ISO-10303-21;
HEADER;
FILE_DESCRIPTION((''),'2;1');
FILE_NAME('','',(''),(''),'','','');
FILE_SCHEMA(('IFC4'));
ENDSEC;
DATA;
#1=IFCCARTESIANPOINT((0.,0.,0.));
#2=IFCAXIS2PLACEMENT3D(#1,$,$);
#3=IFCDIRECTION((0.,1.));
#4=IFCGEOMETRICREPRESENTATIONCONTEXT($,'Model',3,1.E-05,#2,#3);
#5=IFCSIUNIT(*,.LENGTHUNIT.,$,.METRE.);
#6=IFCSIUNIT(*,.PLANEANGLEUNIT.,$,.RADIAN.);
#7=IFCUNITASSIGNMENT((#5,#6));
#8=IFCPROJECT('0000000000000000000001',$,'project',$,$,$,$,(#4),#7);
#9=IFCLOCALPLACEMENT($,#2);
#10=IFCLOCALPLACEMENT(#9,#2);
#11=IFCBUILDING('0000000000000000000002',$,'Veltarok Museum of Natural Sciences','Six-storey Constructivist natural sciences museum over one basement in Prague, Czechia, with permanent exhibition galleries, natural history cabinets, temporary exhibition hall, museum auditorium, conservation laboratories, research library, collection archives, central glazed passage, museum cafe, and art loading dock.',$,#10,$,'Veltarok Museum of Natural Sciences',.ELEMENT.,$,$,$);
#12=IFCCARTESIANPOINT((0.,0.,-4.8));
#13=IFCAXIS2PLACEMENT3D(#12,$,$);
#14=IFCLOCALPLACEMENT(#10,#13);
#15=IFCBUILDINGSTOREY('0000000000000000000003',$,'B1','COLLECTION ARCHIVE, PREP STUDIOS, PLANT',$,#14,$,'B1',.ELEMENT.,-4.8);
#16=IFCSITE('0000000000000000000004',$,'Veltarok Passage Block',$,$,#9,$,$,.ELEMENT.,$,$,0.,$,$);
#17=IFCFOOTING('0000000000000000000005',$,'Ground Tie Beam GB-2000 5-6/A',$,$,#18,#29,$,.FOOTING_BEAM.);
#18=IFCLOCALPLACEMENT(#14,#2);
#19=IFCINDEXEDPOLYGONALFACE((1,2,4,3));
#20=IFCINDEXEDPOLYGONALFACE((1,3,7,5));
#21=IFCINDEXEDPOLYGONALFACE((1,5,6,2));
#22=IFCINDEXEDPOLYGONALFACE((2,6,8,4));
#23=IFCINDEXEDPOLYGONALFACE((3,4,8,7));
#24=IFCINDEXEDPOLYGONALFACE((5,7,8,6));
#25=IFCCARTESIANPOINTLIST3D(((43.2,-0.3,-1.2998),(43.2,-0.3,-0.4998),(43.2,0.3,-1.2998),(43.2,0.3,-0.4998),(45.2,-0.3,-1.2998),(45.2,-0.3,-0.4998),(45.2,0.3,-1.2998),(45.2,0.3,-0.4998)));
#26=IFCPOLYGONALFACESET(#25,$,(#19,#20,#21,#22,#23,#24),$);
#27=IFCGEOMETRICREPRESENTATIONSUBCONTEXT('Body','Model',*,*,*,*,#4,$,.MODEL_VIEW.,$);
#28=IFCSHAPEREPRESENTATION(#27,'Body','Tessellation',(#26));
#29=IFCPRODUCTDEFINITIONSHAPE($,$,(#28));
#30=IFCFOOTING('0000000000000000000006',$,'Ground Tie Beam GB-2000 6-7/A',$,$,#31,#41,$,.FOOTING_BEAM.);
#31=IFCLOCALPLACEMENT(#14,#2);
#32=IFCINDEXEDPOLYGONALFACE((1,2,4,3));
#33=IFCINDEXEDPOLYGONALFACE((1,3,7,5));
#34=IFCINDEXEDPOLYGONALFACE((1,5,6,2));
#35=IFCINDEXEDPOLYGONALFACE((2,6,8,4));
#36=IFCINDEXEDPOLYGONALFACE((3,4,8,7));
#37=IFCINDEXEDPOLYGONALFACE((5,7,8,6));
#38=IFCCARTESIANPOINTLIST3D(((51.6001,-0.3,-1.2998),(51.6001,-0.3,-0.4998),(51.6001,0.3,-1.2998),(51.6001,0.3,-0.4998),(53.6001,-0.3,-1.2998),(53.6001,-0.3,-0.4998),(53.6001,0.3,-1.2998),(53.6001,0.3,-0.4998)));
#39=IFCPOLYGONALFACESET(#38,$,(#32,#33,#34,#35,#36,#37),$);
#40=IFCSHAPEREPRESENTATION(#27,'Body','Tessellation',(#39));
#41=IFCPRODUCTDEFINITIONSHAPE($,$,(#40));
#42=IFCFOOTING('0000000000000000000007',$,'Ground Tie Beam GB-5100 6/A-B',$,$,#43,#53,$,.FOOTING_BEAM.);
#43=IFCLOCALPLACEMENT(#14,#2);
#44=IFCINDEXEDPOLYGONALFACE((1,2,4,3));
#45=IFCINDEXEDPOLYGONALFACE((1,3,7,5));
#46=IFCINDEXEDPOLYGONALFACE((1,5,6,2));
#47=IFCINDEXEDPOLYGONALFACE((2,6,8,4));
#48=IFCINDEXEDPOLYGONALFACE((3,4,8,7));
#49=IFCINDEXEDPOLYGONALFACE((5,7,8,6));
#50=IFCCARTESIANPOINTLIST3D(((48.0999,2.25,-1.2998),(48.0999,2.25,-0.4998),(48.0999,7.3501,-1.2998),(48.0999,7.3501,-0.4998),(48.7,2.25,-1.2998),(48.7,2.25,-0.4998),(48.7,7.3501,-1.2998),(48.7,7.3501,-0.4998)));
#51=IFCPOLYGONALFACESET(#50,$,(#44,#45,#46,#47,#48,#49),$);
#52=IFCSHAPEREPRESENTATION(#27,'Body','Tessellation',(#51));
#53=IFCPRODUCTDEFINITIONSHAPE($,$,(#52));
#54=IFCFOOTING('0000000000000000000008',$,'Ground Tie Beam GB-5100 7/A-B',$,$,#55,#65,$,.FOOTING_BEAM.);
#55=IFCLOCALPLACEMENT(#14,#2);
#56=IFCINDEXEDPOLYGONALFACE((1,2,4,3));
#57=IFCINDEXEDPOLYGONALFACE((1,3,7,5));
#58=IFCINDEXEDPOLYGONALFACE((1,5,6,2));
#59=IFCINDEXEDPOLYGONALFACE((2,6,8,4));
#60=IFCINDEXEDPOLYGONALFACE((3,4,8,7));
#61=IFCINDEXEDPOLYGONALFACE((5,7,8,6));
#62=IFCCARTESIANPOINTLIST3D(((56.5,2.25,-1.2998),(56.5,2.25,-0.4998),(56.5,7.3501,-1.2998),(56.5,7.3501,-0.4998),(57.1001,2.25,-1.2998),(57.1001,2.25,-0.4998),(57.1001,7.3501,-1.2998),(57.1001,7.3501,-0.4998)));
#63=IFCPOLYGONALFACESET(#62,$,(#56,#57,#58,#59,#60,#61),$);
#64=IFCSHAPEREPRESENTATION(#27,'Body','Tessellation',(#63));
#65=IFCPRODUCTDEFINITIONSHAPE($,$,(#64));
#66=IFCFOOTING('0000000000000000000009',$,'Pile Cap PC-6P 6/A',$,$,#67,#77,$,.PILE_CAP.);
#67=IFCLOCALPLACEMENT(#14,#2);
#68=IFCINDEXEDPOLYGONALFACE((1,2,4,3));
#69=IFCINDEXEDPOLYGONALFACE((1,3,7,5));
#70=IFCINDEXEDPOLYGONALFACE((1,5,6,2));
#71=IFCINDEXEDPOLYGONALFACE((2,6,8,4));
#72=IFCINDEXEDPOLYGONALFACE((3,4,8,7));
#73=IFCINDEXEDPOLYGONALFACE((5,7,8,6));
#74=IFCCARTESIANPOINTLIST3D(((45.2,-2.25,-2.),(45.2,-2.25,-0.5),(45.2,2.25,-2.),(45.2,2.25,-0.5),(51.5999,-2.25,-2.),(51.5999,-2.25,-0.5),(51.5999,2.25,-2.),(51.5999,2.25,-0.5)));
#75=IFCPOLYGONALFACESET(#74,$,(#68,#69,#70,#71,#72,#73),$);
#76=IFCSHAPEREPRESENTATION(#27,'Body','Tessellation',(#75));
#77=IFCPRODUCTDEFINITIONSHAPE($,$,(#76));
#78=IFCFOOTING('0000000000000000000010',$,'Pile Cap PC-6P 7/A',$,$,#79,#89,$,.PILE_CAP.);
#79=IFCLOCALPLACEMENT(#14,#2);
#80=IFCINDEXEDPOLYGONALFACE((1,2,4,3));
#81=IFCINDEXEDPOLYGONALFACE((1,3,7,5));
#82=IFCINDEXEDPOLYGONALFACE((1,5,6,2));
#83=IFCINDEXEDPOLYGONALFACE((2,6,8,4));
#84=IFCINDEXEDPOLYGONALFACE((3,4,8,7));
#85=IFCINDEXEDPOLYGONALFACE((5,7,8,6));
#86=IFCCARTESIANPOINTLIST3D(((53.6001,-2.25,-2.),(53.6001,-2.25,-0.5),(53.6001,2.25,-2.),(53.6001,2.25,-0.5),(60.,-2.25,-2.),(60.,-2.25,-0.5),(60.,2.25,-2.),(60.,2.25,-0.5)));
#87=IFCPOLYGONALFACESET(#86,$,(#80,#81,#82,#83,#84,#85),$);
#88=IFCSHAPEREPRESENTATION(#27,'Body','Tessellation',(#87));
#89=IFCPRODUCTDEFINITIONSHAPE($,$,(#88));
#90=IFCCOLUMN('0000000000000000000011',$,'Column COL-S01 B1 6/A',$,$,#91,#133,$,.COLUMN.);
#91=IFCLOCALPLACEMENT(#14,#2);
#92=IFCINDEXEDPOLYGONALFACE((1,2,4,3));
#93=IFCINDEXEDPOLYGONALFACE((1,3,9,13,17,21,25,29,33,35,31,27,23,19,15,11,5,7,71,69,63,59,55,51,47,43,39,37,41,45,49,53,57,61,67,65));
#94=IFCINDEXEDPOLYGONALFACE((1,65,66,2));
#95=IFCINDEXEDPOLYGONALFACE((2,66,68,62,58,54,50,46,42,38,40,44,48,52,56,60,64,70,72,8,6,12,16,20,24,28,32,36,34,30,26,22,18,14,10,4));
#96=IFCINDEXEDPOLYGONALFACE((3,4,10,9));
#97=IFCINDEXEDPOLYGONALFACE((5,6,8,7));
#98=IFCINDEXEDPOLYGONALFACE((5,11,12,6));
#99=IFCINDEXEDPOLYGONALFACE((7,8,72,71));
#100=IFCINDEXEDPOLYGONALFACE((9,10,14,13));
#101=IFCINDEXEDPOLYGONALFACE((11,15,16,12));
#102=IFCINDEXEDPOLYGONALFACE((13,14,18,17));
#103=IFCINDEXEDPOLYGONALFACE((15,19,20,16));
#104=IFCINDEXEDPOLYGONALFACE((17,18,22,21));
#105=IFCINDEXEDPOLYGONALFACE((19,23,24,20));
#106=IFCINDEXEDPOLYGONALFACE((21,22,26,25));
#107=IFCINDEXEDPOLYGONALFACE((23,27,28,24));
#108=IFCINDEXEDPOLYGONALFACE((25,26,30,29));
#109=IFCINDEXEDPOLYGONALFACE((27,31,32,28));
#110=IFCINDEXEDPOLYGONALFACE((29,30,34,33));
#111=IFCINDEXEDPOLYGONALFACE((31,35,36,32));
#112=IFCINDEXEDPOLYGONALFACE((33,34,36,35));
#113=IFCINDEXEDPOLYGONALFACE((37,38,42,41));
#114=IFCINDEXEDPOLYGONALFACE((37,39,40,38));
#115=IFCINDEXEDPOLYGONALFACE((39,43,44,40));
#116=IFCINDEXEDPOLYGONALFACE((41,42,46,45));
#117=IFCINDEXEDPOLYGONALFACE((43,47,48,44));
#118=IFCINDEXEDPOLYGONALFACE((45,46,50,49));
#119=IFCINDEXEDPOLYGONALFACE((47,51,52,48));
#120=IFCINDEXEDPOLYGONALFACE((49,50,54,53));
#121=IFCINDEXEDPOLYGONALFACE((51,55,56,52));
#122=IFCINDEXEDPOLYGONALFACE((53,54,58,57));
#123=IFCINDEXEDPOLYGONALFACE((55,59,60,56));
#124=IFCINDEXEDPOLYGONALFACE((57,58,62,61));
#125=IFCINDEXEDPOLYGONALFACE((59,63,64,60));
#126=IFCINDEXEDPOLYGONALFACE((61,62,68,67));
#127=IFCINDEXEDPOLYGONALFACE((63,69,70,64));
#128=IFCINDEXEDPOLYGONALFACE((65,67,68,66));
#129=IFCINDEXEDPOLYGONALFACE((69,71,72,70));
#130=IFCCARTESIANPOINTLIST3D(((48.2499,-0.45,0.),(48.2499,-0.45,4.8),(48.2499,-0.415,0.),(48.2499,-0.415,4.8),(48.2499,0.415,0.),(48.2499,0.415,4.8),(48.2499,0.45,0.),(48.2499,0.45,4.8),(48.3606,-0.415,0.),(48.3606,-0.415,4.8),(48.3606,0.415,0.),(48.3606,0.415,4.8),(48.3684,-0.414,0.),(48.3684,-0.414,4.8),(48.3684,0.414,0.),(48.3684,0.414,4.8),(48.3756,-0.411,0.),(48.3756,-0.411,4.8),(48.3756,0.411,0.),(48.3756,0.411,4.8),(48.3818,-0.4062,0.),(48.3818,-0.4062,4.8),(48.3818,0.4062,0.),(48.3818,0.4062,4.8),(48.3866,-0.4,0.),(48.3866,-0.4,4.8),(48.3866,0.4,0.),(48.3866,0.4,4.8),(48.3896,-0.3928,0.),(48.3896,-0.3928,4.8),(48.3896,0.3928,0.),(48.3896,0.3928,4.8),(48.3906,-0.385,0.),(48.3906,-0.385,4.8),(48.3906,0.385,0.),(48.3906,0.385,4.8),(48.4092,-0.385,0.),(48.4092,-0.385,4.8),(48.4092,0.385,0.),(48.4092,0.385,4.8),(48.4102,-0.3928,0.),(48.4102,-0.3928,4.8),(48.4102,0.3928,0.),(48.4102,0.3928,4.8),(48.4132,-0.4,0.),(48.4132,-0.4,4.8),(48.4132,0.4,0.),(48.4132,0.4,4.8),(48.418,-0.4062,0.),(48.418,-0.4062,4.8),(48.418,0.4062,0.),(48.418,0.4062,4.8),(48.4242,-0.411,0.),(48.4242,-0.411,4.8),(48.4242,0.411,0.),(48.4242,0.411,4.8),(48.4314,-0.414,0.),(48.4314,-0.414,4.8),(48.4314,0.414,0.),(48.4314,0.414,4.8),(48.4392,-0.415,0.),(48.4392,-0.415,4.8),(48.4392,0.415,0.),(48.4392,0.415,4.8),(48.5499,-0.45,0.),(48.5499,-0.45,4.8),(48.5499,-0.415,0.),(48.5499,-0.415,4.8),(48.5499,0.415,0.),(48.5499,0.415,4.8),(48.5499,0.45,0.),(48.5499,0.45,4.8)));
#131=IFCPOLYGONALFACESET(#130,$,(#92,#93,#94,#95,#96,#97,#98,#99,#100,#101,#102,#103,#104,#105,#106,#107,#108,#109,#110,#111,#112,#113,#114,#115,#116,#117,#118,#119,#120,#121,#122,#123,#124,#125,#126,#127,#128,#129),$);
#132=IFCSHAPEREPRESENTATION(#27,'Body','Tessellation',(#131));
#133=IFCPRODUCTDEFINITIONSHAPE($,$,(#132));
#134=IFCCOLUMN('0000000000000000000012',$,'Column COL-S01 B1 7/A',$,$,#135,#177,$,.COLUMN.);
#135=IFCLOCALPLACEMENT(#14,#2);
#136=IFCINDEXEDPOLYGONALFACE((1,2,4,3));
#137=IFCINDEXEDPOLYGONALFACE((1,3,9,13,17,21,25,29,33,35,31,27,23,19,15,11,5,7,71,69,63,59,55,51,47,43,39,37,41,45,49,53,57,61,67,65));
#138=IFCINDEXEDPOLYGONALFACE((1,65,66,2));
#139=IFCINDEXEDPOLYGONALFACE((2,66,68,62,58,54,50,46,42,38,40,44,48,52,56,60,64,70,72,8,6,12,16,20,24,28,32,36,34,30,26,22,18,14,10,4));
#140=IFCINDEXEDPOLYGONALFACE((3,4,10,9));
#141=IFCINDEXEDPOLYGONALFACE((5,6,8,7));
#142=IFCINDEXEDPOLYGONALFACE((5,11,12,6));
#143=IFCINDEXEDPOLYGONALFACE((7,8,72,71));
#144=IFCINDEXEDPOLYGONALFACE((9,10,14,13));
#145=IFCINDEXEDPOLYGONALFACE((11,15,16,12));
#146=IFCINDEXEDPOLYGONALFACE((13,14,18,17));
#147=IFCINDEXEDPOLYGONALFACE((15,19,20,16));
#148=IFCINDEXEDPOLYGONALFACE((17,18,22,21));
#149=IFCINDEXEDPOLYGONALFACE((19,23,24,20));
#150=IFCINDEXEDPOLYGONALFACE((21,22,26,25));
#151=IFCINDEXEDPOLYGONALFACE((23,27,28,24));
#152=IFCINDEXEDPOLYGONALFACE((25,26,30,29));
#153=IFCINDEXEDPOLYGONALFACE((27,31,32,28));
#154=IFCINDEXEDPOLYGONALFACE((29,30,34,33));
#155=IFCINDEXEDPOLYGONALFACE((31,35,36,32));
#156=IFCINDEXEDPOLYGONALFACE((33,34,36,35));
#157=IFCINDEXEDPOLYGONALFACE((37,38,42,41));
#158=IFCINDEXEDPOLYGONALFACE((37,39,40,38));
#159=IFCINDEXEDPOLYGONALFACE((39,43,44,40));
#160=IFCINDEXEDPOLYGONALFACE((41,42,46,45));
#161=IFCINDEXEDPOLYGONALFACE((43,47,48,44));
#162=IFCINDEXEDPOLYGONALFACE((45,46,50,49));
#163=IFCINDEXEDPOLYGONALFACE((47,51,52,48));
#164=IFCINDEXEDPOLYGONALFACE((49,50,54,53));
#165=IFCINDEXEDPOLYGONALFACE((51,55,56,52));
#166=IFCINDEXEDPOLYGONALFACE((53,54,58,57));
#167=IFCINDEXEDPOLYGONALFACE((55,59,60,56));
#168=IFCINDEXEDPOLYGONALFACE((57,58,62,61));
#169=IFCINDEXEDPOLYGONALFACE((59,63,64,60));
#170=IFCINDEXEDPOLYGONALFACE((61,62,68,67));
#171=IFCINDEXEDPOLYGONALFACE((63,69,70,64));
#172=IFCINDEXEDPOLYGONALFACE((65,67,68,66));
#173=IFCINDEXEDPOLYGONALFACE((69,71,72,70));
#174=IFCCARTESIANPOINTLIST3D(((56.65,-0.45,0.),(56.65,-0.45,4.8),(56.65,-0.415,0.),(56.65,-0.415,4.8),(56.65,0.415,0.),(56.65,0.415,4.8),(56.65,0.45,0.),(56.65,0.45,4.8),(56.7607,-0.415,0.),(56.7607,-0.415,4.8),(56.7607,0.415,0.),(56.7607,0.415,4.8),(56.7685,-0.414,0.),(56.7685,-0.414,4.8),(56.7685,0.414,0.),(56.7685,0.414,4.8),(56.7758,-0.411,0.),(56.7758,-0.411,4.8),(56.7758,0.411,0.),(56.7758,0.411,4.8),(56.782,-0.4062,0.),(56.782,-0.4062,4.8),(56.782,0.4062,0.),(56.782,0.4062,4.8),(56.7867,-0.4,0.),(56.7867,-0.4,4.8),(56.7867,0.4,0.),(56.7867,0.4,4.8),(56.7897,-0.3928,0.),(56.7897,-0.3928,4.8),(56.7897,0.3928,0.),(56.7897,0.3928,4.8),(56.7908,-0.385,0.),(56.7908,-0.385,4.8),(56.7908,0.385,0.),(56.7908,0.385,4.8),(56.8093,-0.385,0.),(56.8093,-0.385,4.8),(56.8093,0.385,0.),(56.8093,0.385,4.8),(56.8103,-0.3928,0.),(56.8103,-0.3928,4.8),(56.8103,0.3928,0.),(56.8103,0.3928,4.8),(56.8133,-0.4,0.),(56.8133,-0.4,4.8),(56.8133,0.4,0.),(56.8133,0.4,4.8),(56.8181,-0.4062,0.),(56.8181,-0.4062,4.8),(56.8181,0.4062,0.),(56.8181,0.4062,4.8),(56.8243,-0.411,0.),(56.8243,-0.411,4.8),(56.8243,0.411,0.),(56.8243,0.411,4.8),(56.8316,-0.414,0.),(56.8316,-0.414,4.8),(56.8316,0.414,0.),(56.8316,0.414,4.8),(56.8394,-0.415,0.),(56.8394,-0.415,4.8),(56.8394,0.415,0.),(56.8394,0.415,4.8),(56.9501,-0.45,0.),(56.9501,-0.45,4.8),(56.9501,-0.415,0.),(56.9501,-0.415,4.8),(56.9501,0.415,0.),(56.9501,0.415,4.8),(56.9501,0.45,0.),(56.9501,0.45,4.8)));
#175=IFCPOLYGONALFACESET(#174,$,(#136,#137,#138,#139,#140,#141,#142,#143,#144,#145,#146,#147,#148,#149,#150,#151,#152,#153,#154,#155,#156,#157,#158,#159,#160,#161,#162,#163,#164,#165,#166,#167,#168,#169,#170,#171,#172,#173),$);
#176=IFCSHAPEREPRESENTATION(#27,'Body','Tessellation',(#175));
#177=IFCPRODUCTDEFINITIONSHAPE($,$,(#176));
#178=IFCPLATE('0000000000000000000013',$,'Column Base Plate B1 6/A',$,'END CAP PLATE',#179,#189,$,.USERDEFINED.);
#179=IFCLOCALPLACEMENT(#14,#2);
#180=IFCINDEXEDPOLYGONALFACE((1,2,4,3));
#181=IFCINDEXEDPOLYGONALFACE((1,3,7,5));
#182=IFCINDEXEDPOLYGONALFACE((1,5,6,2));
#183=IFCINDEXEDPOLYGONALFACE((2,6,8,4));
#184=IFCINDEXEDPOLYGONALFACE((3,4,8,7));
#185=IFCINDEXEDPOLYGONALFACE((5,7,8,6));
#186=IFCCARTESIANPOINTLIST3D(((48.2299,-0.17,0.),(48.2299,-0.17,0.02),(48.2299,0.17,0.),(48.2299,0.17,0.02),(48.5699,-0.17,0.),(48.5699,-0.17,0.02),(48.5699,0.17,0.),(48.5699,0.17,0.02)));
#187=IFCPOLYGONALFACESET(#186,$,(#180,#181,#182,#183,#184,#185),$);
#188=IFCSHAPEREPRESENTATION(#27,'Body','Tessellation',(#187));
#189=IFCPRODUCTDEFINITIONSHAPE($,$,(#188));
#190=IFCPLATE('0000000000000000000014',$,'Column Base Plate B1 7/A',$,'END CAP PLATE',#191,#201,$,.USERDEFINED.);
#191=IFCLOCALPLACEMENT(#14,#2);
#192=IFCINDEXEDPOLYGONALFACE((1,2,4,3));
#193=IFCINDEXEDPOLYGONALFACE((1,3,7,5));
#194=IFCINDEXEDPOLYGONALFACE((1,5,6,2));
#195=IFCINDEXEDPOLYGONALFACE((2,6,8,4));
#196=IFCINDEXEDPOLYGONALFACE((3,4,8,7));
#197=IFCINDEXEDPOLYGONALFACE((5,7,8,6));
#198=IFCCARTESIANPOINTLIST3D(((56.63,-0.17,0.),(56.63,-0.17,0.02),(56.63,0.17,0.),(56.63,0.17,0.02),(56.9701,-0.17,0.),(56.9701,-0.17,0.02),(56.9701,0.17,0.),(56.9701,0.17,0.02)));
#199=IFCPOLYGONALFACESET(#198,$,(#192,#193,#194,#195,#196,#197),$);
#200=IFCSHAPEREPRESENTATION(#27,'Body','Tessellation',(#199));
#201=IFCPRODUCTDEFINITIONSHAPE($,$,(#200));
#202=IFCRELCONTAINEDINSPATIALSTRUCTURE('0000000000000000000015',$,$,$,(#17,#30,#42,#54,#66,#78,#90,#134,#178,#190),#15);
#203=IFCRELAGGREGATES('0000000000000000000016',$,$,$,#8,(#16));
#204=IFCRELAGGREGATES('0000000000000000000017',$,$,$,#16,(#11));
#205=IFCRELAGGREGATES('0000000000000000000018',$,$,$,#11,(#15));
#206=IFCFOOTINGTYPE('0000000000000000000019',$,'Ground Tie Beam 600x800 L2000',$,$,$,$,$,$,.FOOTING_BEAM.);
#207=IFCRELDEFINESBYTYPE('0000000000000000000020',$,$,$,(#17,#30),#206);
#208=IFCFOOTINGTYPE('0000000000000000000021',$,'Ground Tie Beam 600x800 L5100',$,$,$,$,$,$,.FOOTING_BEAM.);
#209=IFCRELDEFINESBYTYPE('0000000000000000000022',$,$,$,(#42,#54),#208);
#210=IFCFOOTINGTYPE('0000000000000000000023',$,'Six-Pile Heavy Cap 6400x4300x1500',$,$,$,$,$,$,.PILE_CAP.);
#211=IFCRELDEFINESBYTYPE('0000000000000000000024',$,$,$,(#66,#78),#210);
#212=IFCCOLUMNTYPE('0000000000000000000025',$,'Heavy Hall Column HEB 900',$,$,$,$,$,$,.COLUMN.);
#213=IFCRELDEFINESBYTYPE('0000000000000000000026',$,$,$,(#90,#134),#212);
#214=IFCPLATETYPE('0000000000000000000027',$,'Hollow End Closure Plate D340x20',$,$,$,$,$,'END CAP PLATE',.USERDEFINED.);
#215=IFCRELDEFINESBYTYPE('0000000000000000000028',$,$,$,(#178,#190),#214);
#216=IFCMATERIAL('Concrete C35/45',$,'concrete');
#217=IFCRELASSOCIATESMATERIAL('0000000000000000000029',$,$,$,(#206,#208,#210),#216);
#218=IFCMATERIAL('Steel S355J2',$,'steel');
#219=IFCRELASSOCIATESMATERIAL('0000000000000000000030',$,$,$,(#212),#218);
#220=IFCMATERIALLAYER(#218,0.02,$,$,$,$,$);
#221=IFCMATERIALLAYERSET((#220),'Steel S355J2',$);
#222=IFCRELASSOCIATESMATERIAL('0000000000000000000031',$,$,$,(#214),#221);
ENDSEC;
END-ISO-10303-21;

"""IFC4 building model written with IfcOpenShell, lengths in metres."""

from ifc_helpers import new_model, si_unit, direction, frame, origin, origin_2d, place, context, subcontext, project, spatial, rectangle, i_section, extrude, material, layer, layer_set, material_profile, profile_set, type_object, element, save


model = new_model("IFC4")

# Units and contexts
model_context = context("Model", 3, precision=1e-05, world=origin(), true_north=direction((0.0, 1.0)))
body_context = subcontext(model_context, "Body", "Model", "MODEL_VIEW")
ifc_project = project(units=[si_unit("LENGTHUNIT", "METRE"), si_unit("PLANEANGLEUNIT", "RADIAN")], contexts=[model_context])

# Site, building, storey
site_placement = place(None, origin())
site = spatial("IfcSite", under=ifc_project, at=site_placement, Name="Veltarok Passage Block", CompositionType="ELEMENT", RefElevation=0.0)
building_placement = place(site_placement, origin())
building = spatial("IfcBuilding", under=site, at=building_placement, Name="Veltarok Museum of Natural Sciences", Description="Six-storey Constructivist natural sciences museum over one basement in Prague, Czechia, with permanent exhibition galleries, natural history cabinets, temporary exhibition hall, museum auditorium, conservation laboratories, research library, collection archives, central glazed passage, museum cafe, and art loading dock.", LongName="Veltarok Museum of Natural Sciences", CompositionType="ELEMENT")
storey_placement = place(building_placement, frame((0.0, 0.0, -4.8)))
storey = spatial("IfcBuildingStorey", under=building, at=storey_placement, Name="B1", Description="COLLECTION ARCHIVE, PREP STUDIOS, PLANT", LongName="B1", CompositionType="ELEMENT", Elevation=-4.8)

# Shared definitions
ifc_material_1 = material(Name="Concrete C35/45", Category="concrete")

# Footings
footing_type_1 = type_object("IfcFootingType", Name="Ground Tie Beam 600x800 L2000", PredefinedType="FOOTING_BEAM", material=ifc_material_1)
for number, where, z_axis, x_axis, name in (
    (1, (44.2, 0.0, -1.2998), (0.0, 0.0, 1.0), (1.0, 0.0, 0.0), "Ground Tie Beam GB-2000 5-6/A"),
    (2, (52.6001, 0.0, -1.2998), (0.0, 0.0, 1.0), (1.0, 0.0, 0.0), "Ground Tie Beam GB-2000 6-7/A"),
):
    element("IfcFooting", number, at=place(storey_placement, frame(where, z_axis=z_axis, x_axis=x_axis)), inside=storey, type_object=footing_type_1, Name=name, PredefinedType="FOOTING_BEAM", context=body_context, shape_type="SweptSolid", body=[
        extrude(rectangle(XDim=2.0, YDim=0.6001, at=origin_2d()), origin(), (0.0, 0.0, 1.0), 0.8),
    ])
footing_type_2 = type_object("IfcFootingType", Name="Ground Tie Beam 600x800 L5100", PredefinedType="FOOTING_BEAM", material=ifc_material_1)
for number, where, z_axis, x_axis, name in (
    (3, (48.3999, 4.8, -1.2998), (0.0, 0.0, 1.0), (0.0, 1.0, 0.0), "Ground Tie Beam GB-5100 6/A-B"),
    (4, (56.8, 4.8, -1.2998), (0.0, 0.0, 1.0), (0.0, 1.0, 0.0), "Ground Tie Beam GB-5100 7/A-B"),
):
    element("IfcFooting", number, at=place(storey_placement, frame(where, z_axis=z_axis, x_axis=x_axis)), inside=storey, type_object=footing_type_2, Name=name, PredefinedType="FOOTING_BEAM", context=body_context, shape_type="SweptSolid", body=[
        extrude(rectangle(XDim=5.1001, YDim=0.6001, at=origin_2d()), origin(), (0.0, 0.0, 1.0), 0.8),
    ])
footing_type_3 = type_object("IfcFootingType", Name="Six-Pile Heavy Cap 6400x4300x1500", PredefinedType="PILE_CAP", material=ifc_material_1)
for number, where, z_axis, x_axis, name in (
    (5, (48.3999, 0.0, -2.0), (0.0, 0.0, 1.0), (1.0, 0.0, 0.0), "Pile Cap PC-6P 6/A"),
    (6, (56.8, 0.0, -2.0), (0.0, 0.0, 1.0), (1.0, 0.0, 0.0), "Pile Cap PC-6P 7/A"),
):
    element("IfcFooting", number, at=place(storey_placement, frame(where, z_axis=z_axis, x_axis=x_axis)), inside=storey, type_object=footing_type_3, Name=name, PredefinedType="PILE_CAP", context=body_context, shape_type="SweptSolid", body=[
        extrude(rectangle(XDim=6.3999, YDim=4.5, at=origin_2d()), origin(), (0.0, 0.0, 1.0), 1.5),
    ])

# Columns
ifc_material_2 = material(Name="Steel S355J2", Category="steel")
ifc_material_profile_1 = material_profile(ifc_material_2, i_section(OverallWidth=0.3, OverallDepth=0.8999, WebThickness=0.0186, FlangeThickness=0.0349, FilletRadius=0.03, at=origin_2d()), Name="HEB 900")
ifc_profile_set_1 = profile_set([ifc_material_profile_1], Name="Steel S355J2")
column_type = type_object("IfcColumnType", Name="Heavy Hall Column HEB 900", PredefinedType="COLUMN", material=ifc_profile_set_1)
for number, where, z_axis, x_axis, name in (
    (7, (48.3999, 0.0, 0.0), (0.0, 0.0, 1.0), (1.0, 0.0, 0.0), "Column COL-S01 B1 6/A"),
    (8, (56.8, 0.0, 0.0), (0.0, 0.0, 1.0), (1.0, 0.0, 0.0), "Column COL-S01 B1 7/A"),
):
    element("IfcColumn", number, at=place(storey_placement, frame(where, z_axis=z_axis, x_axis=x_axis)), inside=storey, type_object=column_type, Name=name, PredefinedType="COLUMN", context=body_context, shape_type="SweptSolid", body=[
        extrude(i_section(OverallWidth=0.3, OverallDepth=0.8999, WebThickness=0.0186, FlangeThickness=0.0349, FilletRadius=0.03, at=origin_2d()), origin(), (0.0, 0.0, 1.0), 4.8),
    ])

# Plates
ifc_layer_1 = layer(ifc_material_2, 0.02)
ifc_layer_set_1 = layer_set([ifc_layer_1], Name="Steel S355J2")
plate_type = type_object("IfcPlateType", Name="Hollow End Closure Plate D340x20", ElementType="END CAP PLATE", PredefinedType="USERDEFINED", material=ifc_layer_set_1)
for number, where, z_axis, x_axis, name in (
    (9, (48.3999, 0.0, 0.0), (0.0, 0.0, 1.0), (1.0, 0.0, 0.0), "Column Base Plate B1 6/A"),
    (10, (56.8, 0.0, 0.0), (0.0, 0.0, 1.0), (1.0, 0.0, 0.0), "Column Base Plate B1 7/A"),
):
    element("IfcPlate", number, at=place(storey_placement, frame(where, z_axis=z_axis, x_axis=x_axis)), inside=storey, type_object=plate_type, Name=name, ObjectType="END CAP PLATE", PredefinedType="USERDEFINED", context=body_context, shape_type="SweptSolid", body=[
        extrude(rectangle(XDim=0.3401, YDim=0.3401, at=origin_2d()), origin(), (0.0, 0.0, 1.0), 0.02),
    ])

save(model, "model.ifc")
